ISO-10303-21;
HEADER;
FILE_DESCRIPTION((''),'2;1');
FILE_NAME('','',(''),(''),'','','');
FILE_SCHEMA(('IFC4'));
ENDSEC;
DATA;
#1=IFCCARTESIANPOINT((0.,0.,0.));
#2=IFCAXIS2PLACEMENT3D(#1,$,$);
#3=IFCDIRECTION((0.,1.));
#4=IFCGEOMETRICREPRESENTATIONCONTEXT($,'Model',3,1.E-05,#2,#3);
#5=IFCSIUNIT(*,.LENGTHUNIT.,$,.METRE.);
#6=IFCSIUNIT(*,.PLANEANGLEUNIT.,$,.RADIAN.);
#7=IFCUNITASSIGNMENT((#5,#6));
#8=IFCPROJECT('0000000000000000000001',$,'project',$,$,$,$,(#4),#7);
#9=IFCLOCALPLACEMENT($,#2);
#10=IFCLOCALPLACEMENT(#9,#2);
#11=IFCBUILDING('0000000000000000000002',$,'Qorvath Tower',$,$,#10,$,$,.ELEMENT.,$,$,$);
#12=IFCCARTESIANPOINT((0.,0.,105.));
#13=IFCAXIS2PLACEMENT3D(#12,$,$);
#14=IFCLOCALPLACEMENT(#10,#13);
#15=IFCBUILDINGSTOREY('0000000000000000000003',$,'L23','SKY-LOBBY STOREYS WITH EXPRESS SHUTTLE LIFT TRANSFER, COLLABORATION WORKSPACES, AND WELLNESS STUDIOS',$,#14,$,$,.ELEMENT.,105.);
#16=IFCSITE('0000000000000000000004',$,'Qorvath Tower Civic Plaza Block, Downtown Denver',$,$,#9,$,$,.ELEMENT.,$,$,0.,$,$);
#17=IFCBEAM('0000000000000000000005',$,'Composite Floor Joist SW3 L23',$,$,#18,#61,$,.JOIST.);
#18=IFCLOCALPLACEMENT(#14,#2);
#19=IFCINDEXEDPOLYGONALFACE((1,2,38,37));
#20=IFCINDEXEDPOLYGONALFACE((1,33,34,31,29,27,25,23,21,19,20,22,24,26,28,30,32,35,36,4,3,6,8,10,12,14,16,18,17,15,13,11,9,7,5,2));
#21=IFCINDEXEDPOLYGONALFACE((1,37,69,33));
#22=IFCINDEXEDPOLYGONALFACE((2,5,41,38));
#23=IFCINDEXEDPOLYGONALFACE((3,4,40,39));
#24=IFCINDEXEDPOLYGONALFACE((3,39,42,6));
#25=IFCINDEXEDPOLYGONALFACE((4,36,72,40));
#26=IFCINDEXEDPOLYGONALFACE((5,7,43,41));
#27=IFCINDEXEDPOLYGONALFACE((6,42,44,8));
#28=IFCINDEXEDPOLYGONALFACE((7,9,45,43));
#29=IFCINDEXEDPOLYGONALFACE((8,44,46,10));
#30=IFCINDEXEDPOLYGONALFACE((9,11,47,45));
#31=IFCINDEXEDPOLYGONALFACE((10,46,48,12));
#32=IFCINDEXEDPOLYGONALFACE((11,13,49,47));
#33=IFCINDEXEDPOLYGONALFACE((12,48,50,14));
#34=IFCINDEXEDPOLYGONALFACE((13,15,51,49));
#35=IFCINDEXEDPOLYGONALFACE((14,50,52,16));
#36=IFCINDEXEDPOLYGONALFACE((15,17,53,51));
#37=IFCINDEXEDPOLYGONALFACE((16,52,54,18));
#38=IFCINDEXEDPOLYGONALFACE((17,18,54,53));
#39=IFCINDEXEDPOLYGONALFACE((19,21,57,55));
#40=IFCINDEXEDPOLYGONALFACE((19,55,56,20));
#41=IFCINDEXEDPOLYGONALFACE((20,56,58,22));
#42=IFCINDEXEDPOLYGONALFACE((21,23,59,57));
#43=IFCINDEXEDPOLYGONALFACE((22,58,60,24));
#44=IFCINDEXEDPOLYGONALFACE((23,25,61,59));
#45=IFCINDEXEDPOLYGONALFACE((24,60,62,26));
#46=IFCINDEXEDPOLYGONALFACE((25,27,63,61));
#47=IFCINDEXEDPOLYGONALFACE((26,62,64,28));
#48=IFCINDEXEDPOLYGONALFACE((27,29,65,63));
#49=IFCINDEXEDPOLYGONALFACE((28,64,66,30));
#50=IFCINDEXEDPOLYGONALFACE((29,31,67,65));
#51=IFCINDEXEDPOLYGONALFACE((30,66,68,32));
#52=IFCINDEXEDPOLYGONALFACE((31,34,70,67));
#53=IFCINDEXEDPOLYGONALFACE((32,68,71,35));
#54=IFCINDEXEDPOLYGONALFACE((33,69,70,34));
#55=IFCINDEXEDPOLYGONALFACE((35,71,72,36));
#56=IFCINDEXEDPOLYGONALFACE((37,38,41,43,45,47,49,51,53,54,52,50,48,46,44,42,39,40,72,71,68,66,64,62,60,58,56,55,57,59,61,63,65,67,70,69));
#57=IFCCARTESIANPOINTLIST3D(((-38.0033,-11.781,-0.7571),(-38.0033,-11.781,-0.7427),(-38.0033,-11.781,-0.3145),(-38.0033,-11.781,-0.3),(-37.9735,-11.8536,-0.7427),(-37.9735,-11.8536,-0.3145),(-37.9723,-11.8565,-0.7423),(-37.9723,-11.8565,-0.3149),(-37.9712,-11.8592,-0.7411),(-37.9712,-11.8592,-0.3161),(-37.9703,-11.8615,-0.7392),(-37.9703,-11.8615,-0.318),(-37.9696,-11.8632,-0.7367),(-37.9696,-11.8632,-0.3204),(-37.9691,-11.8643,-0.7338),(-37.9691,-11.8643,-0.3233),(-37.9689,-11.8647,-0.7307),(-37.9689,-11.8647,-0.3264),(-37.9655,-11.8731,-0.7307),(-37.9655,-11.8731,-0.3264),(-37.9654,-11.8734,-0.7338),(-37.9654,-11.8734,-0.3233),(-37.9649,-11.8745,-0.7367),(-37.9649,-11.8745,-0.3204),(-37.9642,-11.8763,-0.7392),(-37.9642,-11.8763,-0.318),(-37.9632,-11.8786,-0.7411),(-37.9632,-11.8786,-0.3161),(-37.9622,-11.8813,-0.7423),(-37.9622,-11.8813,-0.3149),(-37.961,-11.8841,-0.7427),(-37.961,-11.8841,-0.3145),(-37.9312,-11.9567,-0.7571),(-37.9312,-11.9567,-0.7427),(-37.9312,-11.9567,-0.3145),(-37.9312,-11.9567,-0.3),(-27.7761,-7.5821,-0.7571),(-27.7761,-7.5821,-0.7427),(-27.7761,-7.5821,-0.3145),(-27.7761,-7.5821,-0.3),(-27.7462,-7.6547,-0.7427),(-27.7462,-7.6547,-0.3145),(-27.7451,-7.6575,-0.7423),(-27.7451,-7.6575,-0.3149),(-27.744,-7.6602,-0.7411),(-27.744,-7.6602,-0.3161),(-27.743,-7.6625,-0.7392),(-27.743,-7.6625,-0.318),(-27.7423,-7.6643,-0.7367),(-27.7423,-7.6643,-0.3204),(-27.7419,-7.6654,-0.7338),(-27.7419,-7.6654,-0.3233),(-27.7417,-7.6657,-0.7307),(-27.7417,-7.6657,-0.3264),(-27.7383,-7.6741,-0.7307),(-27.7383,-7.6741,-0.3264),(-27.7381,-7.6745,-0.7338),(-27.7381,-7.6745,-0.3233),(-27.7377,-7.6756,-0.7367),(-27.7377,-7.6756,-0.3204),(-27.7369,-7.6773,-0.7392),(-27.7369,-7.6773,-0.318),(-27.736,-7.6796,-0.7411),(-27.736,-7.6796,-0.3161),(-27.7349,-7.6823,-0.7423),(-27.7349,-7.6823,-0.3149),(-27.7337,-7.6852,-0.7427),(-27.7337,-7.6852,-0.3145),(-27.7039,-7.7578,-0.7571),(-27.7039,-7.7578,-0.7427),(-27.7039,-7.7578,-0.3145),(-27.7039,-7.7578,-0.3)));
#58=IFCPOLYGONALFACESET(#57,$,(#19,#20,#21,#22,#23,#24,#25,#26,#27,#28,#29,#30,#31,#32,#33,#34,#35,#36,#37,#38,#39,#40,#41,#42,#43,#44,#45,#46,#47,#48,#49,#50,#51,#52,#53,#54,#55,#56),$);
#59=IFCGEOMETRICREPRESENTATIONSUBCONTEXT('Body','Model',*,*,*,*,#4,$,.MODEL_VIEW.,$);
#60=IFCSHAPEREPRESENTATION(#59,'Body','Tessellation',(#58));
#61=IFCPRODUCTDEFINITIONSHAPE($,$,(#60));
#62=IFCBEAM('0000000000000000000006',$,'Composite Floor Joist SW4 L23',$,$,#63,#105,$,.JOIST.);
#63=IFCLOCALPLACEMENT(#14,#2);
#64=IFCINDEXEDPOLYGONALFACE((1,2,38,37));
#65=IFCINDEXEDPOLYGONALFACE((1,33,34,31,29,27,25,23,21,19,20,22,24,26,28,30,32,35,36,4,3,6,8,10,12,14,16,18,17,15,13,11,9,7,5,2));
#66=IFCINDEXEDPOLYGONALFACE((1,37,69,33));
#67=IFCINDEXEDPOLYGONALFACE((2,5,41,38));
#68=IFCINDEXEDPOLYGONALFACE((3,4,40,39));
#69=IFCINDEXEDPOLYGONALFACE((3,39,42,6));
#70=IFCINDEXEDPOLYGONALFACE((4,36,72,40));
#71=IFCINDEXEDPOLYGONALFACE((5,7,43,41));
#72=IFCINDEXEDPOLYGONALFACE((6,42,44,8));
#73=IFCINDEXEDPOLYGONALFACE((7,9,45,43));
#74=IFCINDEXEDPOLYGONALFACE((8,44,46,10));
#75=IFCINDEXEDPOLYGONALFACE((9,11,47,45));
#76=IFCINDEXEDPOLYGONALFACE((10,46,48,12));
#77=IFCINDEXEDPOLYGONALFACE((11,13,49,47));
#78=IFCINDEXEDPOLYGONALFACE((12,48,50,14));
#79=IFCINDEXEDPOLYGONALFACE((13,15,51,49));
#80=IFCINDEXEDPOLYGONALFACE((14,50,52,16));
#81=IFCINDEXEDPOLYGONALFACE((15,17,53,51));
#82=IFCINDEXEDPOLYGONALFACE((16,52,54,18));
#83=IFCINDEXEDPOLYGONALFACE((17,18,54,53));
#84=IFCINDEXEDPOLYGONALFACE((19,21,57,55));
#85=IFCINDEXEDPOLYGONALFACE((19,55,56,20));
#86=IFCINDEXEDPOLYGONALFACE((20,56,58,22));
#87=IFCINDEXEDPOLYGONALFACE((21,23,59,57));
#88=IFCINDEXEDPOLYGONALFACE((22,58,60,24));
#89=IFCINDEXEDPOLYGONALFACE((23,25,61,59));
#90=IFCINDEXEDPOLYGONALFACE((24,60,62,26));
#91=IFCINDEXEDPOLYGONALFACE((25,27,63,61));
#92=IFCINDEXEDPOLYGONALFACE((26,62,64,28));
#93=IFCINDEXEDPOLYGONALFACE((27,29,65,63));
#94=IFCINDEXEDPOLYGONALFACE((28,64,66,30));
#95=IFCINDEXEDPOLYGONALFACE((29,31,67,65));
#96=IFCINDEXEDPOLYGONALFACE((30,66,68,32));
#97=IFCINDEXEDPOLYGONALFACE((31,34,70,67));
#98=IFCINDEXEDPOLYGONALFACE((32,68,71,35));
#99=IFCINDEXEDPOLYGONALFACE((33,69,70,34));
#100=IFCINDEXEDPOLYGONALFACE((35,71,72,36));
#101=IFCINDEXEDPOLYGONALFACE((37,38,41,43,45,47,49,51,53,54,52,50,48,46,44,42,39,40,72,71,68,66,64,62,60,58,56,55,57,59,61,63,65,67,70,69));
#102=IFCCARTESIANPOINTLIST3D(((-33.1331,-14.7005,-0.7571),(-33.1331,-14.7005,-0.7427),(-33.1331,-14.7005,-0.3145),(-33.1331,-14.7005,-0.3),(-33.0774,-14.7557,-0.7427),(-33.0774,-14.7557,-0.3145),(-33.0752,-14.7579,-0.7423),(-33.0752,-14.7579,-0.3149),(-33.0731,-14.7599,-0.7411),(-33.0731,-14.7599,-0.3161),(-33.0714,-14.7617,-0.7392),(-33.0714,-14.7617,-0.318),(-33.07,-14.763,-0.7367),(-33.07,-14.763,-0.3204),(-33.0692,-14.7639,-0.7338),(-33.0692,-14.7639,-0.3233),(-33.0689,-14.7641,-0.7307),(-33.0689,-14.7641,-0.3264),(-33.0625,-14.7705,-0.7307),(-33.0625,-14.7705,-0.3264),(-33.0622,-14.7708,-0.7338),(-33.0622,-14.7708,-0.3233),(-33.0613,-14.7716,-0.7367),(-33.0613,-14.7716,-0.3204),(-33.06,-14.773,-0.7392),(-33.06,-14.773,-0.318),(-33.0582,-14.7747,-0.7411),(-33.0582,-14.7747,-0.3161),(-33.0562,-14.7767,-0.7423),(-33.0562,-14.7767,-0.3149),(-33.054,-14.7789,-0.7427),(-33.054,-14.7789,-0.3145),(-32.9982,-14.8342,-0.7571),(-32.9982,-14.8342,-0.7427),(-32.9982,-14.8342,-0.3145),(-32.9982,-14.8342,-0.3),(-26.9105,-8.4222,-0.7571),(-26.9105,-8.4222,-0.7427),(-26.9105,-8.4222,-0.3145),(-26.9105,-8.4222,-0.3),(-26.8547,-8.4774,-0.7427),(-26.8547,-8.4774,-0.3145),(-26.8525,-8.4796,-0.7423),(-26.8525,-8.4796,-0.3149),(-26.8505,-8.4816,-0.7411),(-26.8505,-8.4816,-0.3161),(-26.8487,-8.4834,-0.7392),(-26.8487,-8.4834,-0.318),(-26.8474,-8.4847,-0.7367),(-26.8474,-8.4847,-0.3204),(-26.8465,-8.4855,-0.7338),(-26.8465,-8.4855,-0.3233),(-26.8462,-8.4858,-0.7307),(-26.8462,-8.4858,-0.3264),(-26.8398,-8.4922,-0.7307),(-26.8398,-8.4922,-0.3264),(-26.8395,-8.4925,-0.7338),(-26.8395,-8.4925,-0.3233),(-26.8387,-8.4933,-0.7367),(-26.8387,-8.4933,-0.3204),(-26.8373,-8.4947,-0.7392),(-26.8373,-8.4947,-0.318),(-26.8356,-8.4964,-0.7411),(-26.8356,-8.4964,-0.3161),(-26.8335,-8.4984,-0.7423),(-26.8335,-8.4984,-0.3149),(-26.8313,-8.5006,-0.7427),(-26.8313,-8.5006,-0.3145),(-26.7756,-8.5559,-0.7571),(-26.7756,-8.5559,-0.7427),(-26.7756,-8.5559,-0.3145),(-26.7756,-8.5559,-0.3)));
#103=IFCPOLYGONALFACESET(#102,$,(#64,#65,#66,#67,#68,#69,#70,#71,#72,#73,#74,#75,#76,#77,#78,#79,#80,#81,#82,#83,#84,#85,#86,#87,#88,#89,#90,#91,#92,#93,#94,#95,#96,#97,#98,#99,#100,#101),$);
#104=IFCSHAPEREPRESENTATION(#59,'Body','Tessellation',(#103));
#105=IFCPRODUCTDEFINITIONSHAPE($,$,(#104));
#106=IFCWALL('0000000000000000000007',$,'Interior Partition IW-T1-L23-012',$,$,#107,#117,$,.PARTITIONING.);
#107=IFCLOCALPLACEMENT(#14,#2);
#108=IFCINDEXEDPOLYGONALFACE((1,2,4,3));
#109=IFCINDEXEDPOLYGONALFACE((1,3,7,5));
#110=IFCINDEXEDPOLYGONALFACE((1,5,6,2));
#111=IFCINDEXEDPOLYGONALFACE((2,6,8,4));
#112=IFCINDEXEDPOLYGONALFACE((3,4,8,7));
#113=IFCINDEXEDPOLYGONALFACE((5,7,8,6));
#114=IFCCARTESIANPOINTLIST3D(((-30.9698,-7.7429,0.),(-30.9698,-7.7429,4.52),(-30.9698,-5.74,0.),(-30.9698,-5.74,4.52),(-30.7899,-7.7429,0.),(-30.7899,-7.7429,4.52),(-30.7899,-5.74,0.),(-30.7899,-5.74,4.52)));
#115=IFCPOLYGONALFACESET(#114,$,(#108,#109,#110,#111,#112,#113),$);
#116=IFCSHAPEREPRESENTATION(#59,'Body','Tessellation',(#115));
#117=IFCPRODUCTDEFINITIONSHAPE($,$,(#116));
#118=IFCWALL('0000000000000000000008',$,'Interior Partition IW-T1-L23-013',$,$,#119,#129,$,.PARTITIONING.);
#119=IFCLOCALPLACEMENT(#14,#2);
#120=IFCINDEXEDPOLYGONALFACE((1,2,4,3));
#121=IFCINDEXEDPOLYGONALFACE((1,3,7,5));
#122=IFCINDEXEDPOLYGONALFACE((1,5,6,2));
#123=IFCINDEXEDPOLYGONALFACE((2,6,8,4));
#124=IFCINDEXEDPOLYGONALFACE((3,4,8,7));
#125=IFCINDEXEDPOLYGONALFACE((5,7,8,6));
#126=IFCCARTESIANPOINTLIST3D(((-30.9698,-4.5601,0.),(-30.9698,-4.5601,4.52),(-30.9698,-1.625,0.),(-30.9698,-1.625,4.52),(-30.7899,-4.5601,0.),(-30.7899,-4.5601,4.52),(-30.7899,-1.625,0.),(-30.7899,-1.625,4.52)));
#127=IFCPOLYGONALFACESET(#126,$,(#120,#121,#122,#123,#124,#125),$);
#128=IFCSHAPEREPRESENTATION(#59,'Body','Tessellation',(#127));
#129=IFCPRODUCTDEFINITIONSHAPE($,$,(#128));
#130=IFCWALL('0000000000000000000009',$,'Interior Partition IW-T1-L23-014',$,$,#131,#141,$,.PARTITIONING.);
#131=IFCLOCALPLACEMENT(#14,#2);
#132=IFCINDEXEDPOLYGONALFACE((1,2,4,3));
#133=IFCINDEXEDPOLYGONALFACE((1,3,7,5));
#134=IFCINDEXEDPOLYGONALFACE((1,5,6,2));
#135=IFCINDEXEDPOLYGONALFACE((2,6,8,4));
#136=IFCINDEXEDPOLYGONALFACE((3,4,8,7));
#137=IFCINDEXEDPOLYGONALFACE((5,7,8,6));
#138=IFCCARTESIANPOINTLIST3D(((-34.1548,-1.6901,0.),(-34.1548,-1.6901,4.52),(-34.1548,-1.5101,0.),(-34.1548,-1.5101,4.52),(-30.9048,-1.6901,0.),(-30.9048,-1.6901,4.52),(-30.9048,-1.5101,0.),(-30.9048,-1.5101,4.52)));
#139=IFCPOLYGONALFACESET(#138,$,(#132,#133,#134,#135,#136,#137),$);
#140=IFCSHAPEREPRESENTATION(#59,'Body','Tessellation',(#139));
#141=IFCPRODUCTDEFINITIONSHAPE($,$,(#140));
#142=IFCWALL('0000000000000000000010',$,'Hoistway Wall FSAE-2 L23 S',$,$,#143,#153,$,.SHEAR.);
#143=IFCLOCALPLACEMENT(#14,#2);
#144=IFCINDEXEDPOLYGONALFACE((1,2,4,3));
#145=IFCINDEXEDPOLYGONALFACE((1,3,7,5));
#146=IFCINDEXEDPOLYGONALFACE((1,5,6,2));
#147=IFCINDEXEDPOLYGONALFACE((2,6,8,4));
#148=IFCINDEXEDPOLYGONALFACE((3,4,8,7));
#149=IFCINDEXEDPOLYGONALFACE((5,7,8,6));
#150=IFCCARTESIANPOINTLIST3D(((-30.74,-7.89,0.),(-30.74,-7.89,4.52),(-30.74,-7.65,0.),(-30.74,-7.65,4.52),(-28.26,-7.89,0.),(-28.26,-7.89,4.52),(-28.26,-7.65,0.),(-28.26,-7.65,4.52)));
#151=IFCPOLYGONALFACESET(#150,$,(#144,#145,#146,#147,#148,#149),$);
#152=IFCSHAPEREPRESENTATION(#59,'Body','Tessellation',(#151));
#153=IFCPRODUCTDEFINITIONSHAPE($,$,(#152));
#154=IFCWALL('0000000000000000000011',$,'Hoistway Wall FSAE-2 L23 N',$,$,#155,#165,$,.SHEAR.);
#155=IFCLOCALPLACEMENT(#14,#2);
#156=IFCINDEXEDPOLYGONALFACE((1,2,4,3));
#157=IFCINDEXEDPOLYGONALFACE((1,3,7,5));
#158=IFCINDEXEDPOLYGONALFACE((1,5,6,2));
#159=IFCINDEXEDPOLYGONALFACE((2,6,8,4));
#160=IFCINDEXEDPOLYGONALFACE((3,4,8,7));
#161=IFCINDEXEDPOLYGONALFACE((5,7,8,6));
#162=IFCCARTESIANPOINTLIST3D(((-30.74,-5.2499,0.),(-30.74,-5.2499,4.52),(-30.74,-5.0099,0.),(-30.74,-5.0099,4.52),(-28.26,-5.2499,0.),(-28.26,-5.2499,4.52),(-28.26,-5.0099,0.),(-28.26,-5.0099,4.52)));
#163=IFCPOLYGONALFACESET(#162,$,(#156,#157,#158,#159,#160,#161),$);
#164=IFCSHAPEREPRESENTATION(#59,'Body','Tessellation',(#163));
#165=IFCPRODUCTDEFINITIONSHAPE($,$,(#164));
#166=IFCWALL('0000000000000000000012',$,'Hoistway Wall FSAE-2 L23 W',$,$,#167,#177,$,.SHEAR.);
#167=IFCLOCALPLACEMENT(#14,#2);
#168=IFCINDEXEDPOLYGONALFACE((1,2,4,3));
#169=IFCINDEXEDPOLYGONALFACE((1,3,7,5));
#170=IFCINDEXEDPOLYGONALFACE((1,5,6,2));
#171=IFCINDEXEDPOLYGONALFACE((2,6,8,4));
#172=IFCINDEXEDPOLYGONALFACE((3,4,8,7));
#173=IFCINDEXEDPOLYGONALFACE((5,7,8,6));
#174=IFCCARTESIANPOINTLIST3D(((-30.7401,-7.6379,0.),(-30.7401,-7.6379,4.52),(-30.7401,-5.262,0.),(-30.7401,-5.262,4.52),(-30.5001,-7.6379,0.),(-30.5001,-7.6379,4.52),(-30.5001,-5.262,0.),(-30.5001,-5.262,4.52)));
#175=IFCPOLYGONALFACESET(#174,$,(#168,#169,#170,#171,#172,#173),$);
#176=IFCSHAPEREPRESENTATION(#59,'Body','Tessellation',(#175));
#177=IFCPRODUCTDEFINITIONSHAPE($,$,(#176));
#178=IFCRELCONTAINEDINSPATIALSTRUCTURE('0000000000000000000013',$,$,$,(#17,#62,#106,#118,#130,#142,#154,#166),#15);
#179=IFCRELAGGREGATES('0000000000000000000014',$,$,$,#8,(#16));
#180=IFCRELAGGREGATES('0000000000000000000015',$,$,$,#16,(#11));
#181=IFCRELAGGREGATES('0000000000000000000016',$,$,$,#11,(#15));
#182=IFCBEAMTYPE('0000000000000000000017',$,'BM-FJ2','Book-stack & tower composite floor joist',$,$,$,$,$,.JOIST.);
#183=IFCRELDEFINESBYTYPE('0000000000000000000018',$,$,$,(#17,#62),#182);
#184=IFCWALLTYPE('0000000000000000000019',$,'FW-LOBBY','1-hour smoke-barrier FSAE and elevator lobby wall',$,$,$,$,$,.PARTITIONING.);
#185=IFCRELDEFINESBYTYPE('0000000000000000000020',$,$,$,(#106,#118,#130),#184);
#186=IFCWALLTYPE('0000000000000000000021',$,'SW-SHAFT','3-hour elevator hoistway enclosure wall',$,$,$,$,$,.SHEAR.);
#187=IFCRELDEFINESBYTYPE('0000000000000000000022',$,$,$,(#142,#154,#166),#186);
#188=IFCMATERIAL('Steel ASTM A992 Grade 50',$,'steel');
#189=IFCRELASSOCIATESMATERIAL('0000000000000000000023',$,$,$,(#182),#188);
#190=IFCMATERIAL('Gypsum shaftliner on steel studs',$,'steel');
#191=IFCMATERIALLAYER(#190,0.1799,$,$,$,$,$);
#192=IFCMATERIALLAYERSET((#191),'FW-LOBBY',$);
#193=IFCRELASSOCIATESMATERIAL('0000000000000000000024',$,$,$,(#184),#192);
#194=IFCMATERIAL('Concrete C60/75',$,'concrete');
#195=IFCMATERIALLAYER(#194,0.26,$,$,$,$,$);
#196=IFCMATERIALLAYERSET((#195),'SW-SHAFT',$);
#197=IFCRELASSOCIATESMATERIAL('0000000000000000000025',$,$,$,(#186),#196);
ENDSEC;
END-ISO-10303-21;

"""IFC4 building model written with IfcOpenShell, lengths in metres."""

from ifc_helpers import new_model, si_unit, direction, frame, frame_2d, origin, origin_2d, place, context, subcontext, project, spatial, rectangle, i_section, extrude, material, layer, layer_set, material_profile, profile_set, type_object, element, save


model = new_model("IFC4")

# Units and contexts
model_context = context("Model", 3, precision=1e-05, world=origin(), true_north=direction((0.0, 1.0)))
body_context = subcontext(model_context, "Body", "Model", "MODEL_VIEW")
ifc_project = project(units=[si_unit("LENGTHUNIT", "METRE"), si_unit("PLANEANGLEUNIT", "RADIAN")], contexts=[model_context])

# Site, building, storey
site_placement = place(None, origin())
site = spatial("IfcSite", under=ifc_project, at=site_placement, Name="Qorvath Tower Civic Plaza Block, Downtown Denver", CompositionType="ELEMENT", RefElevation=0.0)
building_placement = place(site_placement, origin())
building = spatial("IfcBuilding", under=site, at=building_placement, Name="Qorvath Tower", CompositionType="ELEMENT")
storey_placement = place(building_placement, frame((0.0, 0.0, 105.0)))
storey = spatial("IfcBuildingStorey", under=building, at=storey_placement, Name="L23", Description="SKY-LOBBY STOREYS WITH EXPRESS SHUTTLE LIFT TRANSFER, COLLABORATION WORKSPACES, AND WELLNESS STUDIOS", CompositionType="ELEMENT", Elevation=105.0)

# Beams
ifc_material_1 = material(Name="Steel ASTM A992 Grade 50", Category="steel")
ifc_material_profile_1 = material_profile(ifc_material_1, i_section(OverallWidth=0.1899, OverallDepth=0.457, WebThickness=0.009, FlangeThickness=0.0144, FilletRadius=0.012, at=origin_2d()), Name="W18x50")
ifc_profile_set_1 = profile_set([ifc_material_profile_1], Name="Steel ASTM A992 Grade 50")
beam_type_1 = type_object("IfcBeamType", Name="BM-FJ2", Description="Book-stack & tower composite floor joist", PredefinedType="JOIST", material=ifc_profile_set_1)
beam_1_placement = place(storey_placement, frame((-27.74, -7.6699, -0.5286), z_axis=(-0.925068, -0.379801, 0.0), x_axis=(0.379801, -0.925068, 0.0)))
element("IfcBeam", 1, at=beam_1_placement, inside=storey, type_object=beam_type_1, Name="Composite Floor Joist SW3 L23", PredefinedType="JOIST", context=body_context, shape_type="SweptSolid", body=[
    extrude(i_section(OverallWidth=0.1899, OverallDepth=0.457, WebThickness=0.009, FlangeThickness=0.0144, FilletRadius=0.012, at=origin_2d()), origin(), (0.0, 0.0, 1.0), 11.0557),
])
beam_2_placement = place(storey_placement, frame((-26.843, -8.489, -0.5286), z_axis=(-0.703951, -0.710248, 0.0), x_axis=(0.710248, -0.703951, 0.0)))
element("IfcBeam", 2, at=beam_2_placement, inside=storey, type_object=beam_type_1, Name="Composite Floor Joist SW4 L23", PredefinedType="JOIST", context=body_context, shape_type="SweptSolid", body=[
    extrude(i_section(OverallWidth=0.1899, OverallDepth=0.457, WebThickness=0.009, FlangeThickness=0.0144, FilletRadius=0.012, at=origin_2d()), origin(), (0.0, 0.0, 1.0), 8.8396),
])

# Shared definitions
ifc_material_2 = material(Name="Gypsum shaftliner on steel studs", Category="steel")
ifc_layer_1 = layer(ifc_material_2, 0.1799)
ifc_layer_set_1 = layer_set([ifc_layer_1], Name="FW-LOBBY")
wall_type_1 = type_object("IfcWallType", Name="FW-LOBBY", Description="1-hour smoke-barrier FSAE and elevator lobby wall", PredefinedType="PARTITIONING", material=ifc_layer_set_1)

# Walls
wall_1_placement = place(storey_placement, frame((-30.8799, -7.7429, 0.0), z_axis=(0.0, 0.0, 1.0), x_axis=(0.0, 1.0, 0.0)))
element("IfcWall", 3, at=wall_1_placement, inside=storey, type_object=wall_type_1, Name="Interior Partition IW-T1-L23-012", PredefinedType="PARTITIONING", context=body_context, shape_type="SweptSolid", body=[
    extrude(rectangle(XDim=2.0029, YDim=0.1799, at=frame_2d((1.0015, 0.0))), origin(), (0.0, 0.0, 1.0), 4.52),
])
wall_2_placement = place(storey_placement, frame((-30.8799, -4.5601, 0.0), z_axis=(0.0, 0.0, 1.0), x_axis=(0.0, 1.0, 0.0)))
element("IfcWall", 4, at=wall_2_placement, inside=storey, type_object=wall_type_1, Name="Interior Partition IW-T1-L23-013", PredefinedType="PARTITIONING", context=body_context, shape_type="SweptSolid", body=[
    extrude(rectangle(XDim=2.9351, YDim=0.1799, at=frame_2d((1.4675, 0.0))), origin(), (0.0, 0.0, 1.0), 4.52),
])
wall_3_placement = place(storey_placement, frame((-30.9048, -1.6001, 0.0), z_axis=(0.0, 0.0, 1.0), x_axis=(-1.0, 0.0, 0.0)))
element("IfcWall", 5, at=wall_3_placement, inside=storey, type_object=wall_type_1, Name="Interior Partition IW-T1-L23-014", PredefinedType="PARTITIONING", context=body_context, shape_type="SweptSolid", body=[
    extrude(rectangle(XDim=3.25, YDim=0.1799, at=frame_2d((1.625, 0.0))), origin(), (0.0, 0.0, 1.0), 4.52),
])
ifc_material_3 = material(Name="Concrete C60/75", Category="concrete")
ifc_layer_2 = layer(ifc_material_3, 0.26)
ifc_layer_set_2 = layer_set([ifc_layer_2], Name="SW-SHAFT")
wall_type_2 = type_object("IfcWallType", Name="SW-SHAFT", Description="3-hour elevator hoistway enclosure wall", PredefinedType="SHEAR", material=ifc_layer_set_2)
for number, where, z_axis, x_axis, name in (
    (6, (-28.26, -7.77, 0.0), (0.0, 0.0, 1.0), (-1.0, 0.0, 0.0), "Hoistway Wall FSAE-2 L23 S"),
    (7, (-30.74, -5.1299, 0.0), (0.0, 0.0, 1.0), (1.0, 0.0, 0.0), "Hoistway Wall FSAE-2 L23 N"),
):
    element("IfcWall", number, at=place(storey_placement, frame(where, z_axis=z_axis, x_axis=x_axis)), inside=storey, type_object=wall_type_2, Name=name, PredefinedType="SHEAR", context=body_context, shape_type="SweptSolid", body=[
        extrude(rectangle(XDim=2.48, YDim=0.24, at=frame_2d((1.24, 0.0))), origin(), (0.0, 0.0, 1.0), 4.52),
    ])
wall_4_placement = place(storey_placement, frame((-30.6201, -7.6379, 0.0), z_axis=(0.0, 0.0, 1.0), x_axis=(0.0, 1.0, 0.0)))
element("IfcWall", 8, at=wall_4_placement, inside=storey, type_object=wall_type_2, Name="Hoistway Wall FSAE-2 L23 W", PredefinedType="SHEAR", context=body_context, shape_type="SweptSolid", body=[
    extrude(rectangle(XDim=2.376, YDim=0.24, at=frame_2d((1.188, 0.0))), origin(), (0.0, 0.0, 1.0), 4.52),
])

save(model, "model.ifc")
